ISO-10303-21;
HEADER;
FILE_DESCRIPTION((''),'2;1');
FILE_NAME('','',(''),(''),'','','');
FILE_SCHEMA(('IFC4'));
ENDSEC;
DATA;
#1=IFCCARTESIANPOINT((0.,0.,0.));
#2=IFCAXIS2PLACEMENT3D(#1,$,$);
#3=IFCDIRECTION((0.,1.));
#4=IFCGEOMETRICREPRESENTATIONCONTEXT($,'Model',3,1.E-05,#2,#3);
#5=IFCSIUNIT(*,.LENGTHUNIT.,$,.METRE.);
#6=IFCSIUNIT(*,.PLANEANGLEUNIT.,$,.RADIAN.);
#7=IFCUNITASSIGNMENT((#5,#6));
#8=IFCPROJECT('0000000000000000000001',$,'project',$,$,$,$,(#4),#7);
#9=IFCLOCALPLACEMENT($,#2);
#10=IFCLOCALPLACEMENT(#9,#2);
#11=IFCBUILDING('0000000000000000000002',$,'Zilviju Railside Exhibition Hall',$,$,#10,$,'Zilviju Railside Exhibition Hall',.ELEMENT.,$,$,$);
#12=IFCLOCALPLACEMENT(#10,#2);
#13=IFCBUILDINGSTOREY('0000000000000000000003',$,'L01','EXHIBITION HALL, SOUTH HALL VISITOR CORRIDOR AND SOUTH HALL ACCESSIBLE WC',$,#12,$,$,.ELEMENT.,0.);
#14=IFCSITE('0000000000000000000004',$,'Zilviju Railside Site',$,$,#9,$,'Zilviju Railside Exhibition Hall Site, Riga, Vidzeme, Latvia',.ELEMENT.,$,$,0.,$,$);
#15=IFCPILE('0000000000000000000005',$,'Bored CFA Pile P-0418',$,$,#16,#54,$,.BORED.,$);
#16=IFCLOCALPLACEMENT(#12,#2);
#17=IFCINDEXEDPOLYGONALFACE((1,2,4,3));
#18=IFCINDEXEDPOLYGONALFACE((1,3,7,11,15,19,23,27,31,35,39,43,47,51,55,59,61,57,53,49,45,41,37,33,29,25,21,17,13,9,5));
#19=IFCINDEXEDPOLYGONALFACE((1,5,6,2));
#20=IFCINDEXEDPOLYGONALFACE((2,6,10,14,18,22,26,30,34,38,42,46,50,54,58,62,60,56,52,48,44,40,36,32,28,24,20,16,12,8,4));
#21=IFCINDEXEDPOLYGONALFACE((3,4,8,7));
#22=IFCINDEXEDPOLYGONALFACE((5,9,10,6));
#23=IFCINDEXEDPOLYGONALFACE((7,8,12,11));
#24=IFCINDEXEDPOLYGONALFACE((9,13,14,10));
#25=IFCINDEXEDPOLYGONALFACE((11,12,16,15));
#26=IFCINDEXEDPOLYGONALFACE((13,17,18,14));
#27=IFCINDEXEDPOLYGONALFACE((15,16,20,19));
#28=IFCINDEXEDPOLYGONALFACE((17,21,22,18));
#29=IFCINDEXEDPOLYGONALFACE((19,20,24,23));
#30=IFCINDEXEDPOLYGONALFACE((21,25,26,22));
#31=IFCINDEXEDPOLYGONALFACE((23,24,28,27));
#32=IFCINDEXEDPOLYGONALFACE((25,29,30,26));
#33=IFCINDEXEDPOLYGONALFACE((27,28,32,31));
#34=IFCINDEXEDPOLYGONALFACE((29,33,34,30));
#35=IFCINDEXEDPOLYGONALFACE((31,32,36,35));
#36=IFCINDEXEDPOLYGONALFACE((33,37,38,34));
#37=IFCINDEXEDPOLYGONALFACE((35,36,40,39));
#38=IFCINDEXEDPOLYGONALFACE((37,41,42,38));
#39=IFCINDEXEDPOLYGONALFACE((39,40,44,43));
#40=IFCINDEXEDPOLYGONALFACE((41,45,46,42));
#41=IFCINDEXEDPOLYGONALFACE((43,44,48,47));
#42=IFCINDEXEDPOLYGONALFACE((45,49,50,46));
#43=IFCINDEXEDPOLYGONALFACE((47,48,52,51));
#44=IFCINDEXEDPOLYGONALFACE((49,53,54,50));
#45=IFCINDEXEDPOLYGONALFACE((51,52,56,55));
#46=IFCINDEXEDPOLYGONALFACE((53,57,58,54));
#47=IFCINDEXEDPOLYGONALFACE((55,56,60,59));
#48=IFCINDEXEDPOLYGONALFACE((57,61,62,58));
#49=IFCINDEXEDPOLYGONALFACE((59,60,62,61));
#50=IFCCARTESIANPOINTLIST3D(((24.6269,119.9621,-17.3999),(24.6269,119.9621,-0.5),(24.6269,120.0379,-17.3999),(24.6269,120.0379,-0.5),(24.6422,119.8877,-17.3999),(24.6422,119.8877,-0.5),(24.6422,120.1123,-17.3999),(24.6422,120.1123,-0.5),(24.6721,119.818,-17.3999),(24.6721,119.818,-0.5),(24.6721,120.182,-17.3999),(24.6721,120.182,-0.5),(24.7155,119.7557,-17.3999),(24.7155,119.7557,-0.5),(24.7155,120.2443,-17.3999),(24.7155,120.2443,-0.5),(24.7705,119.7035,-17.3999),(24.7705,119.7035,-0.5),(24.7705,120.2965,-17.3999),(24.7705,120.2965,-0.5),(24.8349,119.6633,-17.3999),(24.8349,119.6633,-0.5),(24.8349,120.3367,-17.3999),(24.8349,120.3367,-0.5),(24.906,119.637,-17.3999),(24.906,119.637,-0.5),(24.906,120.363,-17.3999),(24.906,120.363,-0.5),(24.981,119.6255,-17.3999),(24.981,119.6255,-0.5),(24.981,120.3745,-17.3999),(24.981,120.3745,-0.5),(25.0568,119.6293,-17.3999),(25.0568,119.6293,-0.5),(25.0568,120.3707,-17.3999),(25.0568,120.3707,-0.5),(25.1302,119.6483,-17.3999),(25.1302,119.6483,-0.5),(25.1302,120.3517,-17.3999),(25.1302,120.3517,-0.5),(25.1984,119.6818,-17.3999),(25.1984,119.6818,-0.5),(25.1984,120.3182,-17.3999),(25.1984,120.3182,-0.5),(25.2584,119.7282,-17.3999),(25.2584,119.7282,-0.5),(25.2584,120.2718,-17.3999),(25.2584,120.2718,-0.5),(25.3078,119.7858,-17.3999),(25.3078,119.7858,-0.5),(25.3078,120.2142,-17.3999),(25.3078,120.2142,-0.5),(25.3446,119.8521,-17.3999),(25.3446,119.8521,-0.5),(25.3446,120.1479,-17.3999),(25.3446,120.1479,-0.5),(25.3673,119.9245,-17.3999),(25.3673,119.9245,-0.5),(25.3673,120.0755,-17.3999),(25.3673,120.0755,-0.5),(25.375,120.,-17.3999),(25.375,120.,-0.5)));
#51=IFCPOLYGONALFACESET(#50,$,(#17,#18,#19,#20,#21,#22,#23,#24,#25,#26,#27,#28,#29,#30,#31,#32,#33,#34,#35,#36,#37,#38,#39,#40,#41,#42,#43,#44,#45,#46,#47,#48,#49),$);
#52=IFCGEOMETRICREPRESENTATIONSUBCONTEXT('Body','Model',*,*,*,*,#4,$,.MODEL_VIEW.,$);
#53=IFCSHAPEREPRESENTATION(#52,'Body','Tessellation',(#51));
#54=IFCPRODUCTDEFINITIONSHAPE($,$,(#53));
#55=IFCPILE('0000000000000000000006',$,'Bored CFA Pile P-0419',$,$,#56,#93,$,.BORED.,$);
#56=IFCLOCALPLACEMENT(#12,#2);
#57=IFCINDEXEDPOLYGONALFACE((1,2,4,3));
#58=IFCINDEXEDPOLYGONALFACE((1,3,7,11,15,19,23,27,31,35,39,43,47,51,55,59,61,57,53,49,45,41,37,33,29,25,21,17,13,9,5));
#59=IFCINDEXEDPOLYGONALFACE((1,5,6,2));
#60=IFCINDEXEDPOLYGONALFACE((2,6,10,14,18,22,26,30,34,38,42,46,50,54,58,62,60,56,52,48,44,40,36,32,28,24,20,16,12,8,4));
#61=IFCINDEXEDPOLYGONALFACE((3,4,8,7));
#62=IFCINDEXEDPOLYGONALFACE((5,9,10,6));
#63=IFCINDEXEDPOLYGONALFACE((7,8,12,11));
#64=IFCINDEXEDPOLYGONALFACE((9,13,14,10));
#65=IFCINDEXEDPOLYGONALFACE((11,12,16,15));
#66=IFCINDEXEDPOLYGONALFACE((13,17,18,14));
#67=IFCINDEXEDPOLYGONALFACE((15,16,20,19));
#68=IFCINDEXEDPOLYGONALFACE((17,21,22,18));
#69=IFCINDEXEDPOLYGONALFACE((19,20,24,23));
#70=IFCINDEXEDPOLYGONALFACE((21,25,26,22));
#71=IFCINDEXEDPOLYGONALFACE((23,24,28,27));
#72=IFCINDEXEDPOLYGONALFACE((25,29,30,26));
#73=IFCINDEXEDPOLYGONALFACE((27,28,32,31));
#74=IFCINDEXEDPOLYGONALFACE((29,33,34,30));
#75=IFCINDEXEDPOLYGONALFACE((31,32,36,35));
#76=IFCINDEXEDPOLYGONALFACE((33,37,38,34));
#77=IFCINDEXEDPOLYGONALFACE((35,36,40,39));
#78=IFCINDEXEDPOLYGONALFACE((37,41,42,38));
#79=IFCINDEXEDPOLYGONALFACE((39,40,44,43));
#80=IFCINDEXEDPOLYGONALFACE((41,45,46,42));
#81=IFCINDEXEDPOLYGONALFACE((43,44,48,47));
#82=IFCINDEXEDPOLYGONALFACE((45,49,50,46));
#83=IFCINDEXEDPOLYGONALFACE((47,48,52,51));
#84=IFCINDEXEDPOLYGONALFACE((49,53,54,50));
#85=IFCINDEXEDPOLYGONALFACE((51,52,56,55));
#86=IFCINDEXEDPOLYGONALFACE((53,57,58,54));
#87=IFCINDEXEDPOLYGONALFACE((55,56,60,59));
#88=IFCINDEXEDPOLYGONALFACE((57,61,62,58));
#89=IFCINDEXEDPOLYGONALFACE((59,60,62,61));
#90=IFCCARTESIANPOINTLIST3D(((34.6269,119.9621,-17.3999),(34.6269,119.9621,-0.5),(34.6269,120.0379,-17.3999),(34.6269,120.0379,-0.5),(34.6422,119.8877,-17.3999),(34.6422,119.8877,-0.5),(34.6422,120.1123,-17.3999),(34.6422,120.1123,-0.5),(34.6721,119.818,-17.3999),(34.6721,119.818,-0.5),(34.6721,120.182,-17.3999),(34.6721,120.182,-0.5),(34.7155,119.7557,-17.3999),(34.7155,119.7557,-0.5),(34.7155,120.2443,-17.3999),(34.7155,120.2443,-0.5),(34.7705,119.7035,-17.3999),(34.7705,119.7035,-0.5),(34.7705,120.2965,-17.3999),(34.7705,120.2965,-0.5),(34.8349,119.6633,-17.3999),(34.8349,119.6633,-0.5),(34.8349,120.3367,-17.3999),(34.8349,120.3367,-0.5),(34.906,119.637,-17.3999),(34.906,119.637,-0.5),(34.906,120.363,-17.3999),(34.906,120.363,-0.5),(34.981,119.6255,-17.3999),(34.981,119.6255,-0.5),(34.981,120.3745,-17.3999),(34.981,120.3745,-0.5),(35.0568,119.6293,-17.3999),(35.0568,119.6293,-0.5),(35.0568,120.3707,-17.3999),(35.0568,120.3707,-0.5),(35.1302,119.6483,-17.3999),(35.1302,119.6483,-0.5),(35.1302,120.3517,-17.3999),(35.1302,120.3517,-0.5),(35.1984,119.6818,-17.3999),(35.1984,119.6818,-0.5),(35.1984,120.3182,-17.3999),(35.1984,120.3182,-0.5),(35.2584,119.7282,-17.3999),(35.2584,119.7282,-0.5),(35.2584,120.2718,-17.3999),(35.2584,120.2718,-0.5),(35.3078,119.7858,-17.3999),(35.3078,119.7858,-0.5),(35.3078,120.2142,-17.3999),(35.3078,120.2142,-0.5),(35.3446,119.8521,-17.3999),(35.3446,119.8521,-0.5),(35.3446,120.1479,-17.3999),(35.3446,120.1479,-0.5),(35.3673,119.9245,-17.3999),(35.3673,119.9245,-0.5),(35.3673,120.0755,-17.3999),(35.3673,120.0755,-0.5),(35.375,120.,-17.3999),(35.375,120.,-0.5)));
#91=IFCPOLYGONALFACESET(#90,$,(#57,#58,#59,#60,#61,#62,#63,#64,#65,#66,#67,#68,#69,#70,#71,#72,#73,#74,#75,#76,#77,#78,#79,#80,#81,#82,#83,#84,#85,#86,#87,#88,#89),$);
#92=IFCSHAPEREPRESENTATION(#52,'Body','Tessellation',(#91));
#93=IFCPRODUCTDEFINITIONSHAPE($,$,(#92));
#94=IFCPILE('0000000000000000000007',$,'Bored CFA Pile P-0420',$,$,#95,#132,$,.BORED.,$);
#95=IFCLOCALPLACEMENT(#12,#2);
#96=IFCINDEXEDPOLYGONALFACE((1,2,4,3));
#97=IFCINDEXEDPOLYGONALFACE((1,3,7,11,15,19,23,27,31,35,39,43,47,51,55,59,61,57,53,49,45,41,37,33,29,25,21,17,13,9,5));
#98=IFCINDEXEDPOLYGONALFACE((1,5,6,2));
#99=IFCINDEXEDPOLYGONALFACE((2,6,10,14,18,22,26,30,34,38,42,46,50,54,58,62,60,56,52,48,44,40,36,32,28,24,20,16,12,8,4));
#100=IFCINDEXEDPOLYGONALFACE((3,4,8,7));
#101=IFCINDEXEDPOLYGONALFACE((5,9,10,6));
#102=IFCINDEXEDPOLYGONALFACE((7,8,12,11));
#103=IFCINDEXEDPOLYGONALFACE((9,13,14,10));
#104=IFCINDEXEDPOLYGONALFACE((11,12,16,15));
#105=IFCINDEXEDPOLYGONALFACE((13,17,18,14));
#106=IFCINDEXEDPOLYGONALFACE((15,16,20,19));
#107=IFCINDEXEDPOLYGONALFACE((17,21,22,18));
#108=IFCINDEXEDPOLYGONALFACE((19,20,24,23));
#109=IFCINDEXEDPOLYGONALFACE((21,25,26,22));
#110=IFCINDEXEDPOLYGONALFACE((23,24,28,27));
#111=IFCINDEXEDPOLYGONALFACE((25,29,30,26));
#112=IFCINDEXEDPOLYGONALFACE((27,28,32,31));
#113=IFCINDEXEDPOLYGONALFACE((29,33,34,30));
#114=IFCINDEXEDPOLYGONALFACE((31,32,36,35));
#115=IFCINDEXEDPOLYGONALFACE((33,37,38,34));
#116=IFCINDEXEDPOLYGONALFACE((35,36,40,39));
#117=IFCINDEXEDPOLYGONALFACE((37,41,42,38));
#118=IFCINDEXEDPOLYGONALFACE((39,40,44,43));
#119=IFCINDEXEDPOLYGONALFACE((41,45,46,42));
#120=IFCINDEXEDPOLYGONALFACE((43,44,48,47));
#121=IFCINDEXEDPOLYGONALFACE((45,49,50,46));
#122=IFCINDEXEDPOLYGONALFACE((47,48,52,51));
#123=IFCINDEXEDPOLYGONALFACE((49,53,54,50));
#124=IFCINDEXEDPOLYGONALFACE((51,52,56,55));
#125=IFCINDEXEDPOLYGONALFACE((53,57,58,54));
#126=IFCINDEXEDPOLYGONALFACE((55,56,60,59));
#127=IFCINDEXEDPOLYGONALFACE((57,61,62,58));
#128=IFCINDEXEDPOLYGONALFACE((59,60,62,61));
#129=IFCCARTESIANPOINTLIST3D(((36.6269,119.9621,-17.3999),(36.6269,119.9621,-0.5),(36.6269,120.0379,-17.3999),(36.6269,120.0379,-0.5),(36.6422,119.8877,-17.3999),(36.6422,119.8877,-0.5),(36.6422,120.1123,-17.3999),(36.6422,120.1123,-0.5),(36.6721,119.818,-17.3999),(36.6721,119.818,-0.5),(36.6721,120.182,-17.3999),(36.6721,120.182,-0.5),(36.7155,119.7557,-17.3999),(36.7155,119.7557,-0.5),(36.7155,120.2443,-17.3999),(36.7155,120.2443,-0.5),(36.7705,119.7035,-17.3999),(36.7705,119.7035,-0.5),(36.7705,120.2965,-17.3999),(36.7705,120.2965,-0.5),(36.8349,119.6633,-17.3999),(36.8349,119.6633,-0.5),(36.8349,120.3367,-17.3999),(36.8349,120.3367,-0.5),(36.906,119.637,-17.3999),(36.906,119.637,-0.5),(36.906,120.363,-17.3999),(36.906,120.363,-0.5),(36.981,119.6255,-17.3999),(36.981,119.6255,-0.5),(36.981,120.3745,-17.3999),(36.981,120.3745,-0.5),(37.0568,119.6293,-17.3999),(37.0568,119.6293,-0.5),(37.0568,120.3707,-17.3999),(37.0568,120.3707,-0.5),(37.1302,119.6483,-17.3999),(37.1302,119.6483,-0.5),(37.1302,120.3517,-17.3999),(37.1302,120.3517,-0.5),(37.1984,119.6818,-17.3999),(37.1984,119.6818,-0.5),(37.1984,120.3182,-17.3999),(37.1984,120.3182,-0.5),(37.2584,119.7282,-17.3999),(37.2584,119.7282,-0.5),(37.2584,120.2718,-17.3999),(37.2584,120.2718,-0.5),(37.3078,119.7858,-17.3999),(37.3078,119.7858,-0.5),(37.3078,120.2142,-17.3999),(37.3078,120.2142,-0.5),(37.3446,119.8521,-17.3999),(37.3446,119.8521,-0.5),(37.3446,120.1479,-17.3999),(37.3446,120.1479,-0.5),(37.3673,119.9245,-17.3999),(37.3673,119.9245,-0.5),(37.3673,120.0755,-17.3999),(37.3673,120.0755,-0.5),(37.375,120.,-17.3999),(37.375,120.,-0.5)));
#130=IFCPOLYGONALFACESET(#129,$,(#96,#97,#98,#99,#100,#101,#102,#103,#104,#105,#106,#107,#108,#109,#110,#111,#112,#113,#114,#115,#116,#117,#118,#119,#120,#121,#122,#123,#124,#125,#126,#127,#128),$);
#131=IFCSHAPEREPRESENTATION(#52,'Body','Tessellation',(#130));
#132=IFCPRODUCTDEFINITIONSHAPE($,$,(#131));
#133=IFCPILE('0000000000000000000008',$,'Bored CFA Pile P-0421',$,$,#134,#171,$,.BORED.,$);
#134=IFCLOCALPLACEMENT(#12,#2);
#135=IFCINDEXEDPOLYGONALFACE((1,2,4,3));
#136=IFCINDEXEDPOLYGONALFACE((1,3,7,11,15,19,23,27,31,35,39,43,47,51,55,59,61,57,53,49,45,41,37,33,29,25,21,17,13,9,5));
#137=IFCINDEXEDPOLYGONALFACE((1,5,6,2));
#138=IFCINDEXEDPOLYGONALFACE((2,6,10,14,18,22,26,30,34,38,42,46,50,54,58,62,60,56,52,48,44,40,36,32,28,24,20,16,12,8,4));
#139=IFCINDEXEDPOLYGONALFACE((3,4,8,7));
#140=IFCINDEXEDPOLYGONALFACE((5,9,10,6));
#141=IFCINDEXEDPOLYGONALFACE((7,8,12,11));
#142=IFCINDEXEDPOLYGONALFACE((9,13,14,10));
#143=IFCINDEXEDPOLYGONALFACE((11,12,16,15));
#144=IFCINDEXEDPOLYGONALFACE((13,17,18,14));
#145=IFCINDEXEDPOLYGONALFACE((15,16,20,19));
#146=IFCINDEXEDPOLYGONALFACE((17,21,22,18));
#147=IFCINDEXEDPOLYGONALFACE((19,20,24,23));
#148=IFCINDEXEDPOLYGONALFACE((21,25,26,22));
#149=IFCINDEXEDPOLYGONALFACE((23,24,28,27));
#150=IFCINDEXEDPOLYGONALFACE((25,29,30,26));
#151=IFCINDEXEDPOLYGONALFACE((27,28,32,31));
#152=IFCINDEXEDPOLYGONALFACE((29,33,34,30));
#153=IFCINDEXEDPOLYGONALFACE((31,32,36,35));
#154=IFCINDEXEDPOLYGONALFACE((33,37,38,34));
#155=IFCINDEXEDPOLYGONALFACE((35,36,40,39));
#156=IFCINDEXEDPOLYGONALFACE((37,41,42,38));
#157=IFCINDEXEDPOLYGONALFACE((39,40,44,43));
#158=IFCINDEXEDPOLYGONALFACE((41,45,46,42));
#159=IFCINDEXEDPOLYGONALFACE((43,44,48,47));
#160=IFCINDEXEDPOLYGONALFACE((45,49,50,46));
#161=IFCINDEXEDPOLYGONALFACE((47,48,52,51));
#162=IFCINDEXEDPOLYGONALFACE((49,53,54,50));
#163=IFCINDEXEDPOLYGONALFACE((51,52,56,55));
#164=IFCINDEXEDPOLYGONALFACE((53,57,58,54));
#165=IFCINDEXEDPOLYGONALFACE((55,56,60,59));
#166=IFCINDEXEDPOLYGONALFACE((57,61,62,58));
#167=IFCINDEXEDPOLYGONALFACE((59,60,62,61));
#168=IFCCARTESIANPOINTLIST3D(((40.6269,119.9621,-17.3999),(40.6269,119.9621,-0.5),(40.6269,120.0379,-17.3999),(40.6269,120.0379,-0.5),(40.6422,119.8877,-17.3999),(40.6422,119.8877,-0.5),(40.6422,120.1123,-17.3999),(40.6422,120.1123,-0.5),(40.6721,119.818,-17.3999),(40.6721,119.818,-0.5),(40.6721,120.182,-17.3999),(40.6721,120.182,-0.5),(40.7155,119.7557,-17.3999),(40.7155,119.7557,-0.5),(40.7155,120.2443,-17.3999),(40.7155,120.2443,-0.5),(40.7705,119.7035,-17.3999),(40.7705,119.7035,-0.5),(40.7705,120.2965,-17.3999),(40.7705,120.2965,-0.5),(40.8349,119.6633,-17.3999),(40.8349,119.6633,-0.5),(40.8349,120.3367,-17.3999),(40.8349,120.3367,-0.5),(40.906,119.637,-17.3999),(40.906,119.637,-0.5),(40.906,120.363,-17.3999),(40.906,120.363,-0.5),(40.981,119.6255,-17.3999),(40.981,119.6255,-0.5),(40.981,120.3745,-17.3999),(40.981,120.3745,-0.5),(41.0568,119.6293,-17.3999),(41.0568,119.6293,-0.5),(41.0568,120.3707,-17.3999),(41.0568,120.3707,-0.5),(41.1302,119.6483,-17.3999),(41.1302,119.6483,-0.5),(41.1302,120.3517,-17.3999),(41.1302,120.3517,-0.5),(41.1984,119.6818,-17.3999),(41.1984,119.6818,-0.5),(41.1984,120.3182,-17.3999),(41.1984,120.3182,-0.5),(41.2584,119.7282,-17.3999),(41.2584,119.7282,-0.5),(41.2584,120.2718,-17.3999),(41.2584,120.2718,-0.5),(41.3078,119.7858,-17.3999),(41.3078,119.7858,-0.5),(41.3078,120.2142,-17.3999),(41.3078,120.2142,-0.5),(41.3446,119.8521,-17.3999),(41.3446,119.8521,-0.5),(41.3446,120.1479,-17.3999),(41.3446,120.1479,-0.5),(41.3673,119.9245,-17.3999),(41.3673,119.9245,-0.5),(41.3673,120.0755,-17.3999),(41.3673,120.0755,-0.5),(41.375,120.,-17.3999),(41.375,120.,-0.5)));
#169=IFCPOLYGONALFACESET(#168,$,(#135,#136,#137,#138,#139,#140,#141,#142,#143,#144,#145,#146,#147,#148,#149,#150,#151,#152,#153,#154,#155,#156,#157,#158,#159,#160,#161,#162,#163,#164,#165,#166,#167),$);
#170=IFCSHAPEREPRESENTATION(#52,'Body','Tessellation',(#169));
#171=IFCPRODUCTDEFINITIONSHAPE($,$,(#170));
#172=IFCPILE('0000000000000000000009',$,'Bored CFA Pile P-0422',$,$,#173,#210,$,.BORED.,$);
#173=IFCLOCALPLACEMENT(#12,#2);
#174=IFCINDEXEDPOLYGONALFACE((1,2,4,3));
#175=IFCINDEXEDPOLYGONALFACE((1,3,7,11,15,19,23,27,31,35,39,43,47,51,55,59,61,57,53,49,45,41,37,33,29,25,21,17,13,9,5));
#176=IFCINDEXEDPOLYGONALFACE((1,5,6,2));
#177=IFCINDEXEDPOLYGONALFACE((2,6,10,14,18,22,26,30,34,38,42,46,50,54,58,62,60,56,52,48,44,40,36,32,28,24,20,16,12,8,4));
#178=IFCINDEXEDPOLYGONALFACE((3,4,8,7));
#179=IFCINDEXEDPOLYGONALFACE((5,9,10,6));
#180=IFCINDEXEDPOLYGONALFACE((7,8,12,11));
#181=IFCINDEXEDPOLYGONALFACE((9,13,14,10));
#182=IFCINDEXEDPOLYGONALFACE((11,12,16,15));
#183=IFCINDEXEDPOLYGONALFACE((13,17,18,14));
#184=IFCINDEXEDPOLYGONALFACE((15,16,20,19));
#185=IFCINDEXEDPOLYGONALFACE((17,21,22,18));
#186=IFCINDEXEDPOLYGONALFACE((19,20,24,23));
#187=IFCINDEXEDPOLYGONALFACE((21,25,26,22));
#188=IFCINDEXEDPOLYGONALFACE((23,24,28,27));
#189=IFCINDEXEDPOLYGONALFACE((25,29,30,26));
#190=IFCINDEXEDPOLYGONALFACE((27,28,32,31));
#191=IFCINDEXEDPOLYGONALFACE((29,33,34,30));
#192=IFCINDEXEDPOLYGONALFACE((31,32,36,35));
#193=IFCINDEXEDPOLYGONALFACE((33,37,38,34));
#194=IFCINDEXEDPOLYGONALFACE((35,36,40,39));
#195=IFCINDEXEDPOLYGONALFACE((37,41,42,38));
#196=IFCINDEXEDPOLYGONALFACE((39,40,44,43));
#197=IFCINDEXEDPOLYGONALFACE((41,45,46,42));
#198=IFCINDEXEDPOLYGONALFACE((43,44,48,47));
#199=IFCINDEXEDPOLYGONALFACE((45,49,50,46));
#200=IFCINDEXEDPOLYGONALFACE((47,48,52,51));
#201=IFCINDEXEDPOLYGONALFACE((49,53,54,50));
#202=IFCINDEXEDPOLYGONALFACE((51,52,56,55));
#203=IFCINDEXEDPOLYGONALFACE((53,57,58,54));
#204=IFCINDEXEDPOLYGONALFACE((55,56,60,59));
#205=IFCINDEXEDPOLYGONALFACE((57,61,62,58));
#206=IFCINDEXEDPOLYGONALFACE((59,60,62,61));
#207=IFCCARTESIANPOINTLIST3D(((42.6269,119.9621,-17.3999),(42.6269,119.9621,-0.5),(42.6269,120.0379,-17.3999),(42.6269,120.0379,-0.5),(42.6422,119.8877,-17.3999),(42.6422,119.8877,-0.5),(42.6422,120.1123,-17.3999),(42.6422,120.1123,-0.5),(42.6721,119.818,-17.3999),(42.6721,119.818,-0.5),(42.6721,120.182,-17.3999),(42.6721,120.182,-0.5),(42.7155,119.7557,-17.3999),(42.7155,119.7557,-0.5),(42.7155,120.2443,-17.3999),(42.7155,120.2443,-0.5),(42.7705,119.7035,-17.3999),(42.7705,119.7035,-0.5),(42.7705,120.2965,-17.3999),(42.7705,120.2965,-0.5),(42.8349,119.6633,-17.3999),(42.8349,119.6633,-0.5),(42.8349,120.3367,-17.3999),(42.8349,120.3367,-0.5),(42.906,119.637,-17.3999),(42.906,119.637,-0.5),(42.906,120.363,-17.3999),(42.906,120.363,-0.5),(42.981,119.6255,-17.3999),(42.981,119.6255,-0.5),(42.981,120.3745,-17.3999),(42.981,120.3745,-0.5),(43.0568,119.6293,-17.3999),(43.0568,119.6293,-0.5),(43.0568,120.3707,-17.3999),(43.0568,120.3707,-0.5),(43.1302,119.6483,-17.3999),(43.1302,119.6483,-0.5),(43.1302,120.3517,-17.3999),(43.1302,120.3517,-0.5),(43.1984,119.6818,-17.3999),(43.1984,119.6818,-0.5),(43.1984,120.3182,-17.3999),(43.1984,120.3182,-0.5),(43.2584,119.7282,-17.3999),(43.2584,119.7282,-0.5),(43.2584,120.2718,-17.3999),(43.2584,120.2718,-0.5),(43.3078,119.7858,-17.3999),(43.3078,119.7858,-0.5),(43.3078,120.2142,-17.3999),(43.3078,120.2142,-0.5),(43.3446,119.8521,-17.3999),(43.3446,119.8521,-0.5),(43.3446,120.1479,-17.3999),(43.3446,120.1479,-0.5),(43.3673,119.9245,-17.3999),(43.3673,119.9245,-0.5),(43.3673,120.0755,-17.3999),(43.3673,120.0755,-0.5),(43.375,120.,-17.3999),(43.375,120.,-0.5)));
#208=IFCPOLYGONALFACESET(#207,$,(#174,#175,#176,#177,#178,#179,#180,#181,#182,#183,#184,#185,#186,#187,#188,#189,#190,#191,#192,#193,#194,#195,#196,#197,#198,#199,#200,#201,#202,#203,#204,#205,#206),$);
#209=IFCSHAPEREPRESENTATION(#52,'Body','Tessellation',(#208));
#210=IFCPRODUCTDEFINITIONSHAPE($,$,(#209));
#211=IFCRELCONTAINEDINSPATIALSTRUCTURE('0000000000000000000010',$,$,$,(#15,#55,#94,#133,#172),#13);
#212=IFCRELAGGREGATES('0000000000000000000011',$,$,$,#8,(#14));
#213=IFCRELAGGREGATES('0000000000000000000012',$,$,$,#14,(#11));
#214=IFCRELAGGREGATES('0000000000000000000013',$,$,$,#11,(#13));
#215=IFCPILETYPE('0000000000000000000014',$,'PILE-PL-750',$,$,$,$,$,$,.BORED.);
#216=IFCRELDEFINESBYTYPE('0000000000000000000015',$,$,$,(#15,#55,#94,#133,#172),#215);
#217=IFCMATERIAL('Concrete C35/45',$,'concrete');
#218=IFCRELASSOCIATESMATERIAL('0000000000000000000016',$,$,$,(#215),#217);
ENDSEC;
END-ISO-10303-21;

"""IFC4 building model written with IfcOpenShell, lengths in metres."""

from ifc_helpers import new_model, si_unit, direction, frame, origin, origin_2d, place, context, subcontext, project, spatial, circle, extrude, material, material_profile, profile_set, type_object, element, save


model = new_model("IFC4")

# Units and contexts
model_context = context("Model", 3, precision=1e-05, world=origin(), true_north=direction((0.0, 1.0)))
body_context = subcontext(model_context, "Body", "Model", "MODEL_VIEW")
ifc_project = project(units=[si_unit("LENGTHUNIT", "METRE"), si_unit("PLANEANGLEUNIT", "RADIAN")], contexts=[model_context])

# Site, building, storey
site_placement = place(None, origin())
site = spatial("IfcSite", under=ifc_project, at=site_placement, Name="Zilviju Railside Site", LongName="Zilviju Railside Exhibition Hall Site, Riga, Vidzeme, Latvia", CompositionType="ELEMENT", RefElevation=0.0)
building_placement = place(site_placement, origin())
building = spatial("IfcBuilding", under=site, at=building_placement, Name="Zilviju Railside Exhibition Hall", LongName="Zilviju Railside Exhibition Hall", CompositionType="ELEMENT")
storey_placement = place(building_placement, origin())
storey = spatial("IfcBuildingStorey", under=building, at=storey_placement, Name="L01", Description="EXHIBITION HALL, SOUTH HALL VISITOR CORRIDOR AND SOUTH HALL ACCESSIBLE WC", CompositionType="ELEMENT", Elevation=0.0)

# Shared definitions
ifc_material = material(Name="Concrete C35/45", Category="concrete")

# Piles
ifc_material_profile_1 = material_profile(ifc_material, circle(Radius=0.375, at=origin_2d()), Name="CFA PILE D750")
ifc_profile_set_1 = profile_set([ifc_material_profile_1], Name="Concrete C35/45")
pile_type = type_object("IfcPileType", Name="PILE-PL-750", PredefinedType="BORED", material=ifc_profile_set_1)
for number, where, z_axis, x_axis, name in (
    (1, (25.0, 120.0, -0.5), (0.0, 0.0, -1.0), (1.0, 0.0, 0.0), "Bored CFA Pile P-0418"),
    (2, (35.0, 120.0, -0.5), (0.0, 0.0, -1.0), (1.0, 0.0, 0.0), "Bored CFA Pile P-0419"),
    (3, (37.0, 120.0, -0.5), (0.0, 0.0, -1.0), (1.0, 0.0, 0.0), "Bored CFA Pile P-0420"),
    (4, (41.0, 120.0, -0.5), (0.0, 0.0, -1.0), (1.0, 0.0, 0.0), "Bored CFA Pile P-0421"),
    (5, (43.0, 120.0, -0.5), (0.0, 0.0, -1.0), (1.0, 0.0, 0.0), "Bored CFA Pile P-0422"),
):
    element("IfcPile", number, at=place(storey_placement, frame(where, z_axis=z_axis, x_axis=x_axis)), inside=storey, type_object=pile_type, Name=name, PredefinedType="BORED", context=body_context, shape_type="SweptSolid", body=[
        extrude(circle(Radius=0.375, at=origin_2d()), origin(), (0.0, 0.0, 1.0), 16.8999),
    ])

save(model, "model.ifc")
